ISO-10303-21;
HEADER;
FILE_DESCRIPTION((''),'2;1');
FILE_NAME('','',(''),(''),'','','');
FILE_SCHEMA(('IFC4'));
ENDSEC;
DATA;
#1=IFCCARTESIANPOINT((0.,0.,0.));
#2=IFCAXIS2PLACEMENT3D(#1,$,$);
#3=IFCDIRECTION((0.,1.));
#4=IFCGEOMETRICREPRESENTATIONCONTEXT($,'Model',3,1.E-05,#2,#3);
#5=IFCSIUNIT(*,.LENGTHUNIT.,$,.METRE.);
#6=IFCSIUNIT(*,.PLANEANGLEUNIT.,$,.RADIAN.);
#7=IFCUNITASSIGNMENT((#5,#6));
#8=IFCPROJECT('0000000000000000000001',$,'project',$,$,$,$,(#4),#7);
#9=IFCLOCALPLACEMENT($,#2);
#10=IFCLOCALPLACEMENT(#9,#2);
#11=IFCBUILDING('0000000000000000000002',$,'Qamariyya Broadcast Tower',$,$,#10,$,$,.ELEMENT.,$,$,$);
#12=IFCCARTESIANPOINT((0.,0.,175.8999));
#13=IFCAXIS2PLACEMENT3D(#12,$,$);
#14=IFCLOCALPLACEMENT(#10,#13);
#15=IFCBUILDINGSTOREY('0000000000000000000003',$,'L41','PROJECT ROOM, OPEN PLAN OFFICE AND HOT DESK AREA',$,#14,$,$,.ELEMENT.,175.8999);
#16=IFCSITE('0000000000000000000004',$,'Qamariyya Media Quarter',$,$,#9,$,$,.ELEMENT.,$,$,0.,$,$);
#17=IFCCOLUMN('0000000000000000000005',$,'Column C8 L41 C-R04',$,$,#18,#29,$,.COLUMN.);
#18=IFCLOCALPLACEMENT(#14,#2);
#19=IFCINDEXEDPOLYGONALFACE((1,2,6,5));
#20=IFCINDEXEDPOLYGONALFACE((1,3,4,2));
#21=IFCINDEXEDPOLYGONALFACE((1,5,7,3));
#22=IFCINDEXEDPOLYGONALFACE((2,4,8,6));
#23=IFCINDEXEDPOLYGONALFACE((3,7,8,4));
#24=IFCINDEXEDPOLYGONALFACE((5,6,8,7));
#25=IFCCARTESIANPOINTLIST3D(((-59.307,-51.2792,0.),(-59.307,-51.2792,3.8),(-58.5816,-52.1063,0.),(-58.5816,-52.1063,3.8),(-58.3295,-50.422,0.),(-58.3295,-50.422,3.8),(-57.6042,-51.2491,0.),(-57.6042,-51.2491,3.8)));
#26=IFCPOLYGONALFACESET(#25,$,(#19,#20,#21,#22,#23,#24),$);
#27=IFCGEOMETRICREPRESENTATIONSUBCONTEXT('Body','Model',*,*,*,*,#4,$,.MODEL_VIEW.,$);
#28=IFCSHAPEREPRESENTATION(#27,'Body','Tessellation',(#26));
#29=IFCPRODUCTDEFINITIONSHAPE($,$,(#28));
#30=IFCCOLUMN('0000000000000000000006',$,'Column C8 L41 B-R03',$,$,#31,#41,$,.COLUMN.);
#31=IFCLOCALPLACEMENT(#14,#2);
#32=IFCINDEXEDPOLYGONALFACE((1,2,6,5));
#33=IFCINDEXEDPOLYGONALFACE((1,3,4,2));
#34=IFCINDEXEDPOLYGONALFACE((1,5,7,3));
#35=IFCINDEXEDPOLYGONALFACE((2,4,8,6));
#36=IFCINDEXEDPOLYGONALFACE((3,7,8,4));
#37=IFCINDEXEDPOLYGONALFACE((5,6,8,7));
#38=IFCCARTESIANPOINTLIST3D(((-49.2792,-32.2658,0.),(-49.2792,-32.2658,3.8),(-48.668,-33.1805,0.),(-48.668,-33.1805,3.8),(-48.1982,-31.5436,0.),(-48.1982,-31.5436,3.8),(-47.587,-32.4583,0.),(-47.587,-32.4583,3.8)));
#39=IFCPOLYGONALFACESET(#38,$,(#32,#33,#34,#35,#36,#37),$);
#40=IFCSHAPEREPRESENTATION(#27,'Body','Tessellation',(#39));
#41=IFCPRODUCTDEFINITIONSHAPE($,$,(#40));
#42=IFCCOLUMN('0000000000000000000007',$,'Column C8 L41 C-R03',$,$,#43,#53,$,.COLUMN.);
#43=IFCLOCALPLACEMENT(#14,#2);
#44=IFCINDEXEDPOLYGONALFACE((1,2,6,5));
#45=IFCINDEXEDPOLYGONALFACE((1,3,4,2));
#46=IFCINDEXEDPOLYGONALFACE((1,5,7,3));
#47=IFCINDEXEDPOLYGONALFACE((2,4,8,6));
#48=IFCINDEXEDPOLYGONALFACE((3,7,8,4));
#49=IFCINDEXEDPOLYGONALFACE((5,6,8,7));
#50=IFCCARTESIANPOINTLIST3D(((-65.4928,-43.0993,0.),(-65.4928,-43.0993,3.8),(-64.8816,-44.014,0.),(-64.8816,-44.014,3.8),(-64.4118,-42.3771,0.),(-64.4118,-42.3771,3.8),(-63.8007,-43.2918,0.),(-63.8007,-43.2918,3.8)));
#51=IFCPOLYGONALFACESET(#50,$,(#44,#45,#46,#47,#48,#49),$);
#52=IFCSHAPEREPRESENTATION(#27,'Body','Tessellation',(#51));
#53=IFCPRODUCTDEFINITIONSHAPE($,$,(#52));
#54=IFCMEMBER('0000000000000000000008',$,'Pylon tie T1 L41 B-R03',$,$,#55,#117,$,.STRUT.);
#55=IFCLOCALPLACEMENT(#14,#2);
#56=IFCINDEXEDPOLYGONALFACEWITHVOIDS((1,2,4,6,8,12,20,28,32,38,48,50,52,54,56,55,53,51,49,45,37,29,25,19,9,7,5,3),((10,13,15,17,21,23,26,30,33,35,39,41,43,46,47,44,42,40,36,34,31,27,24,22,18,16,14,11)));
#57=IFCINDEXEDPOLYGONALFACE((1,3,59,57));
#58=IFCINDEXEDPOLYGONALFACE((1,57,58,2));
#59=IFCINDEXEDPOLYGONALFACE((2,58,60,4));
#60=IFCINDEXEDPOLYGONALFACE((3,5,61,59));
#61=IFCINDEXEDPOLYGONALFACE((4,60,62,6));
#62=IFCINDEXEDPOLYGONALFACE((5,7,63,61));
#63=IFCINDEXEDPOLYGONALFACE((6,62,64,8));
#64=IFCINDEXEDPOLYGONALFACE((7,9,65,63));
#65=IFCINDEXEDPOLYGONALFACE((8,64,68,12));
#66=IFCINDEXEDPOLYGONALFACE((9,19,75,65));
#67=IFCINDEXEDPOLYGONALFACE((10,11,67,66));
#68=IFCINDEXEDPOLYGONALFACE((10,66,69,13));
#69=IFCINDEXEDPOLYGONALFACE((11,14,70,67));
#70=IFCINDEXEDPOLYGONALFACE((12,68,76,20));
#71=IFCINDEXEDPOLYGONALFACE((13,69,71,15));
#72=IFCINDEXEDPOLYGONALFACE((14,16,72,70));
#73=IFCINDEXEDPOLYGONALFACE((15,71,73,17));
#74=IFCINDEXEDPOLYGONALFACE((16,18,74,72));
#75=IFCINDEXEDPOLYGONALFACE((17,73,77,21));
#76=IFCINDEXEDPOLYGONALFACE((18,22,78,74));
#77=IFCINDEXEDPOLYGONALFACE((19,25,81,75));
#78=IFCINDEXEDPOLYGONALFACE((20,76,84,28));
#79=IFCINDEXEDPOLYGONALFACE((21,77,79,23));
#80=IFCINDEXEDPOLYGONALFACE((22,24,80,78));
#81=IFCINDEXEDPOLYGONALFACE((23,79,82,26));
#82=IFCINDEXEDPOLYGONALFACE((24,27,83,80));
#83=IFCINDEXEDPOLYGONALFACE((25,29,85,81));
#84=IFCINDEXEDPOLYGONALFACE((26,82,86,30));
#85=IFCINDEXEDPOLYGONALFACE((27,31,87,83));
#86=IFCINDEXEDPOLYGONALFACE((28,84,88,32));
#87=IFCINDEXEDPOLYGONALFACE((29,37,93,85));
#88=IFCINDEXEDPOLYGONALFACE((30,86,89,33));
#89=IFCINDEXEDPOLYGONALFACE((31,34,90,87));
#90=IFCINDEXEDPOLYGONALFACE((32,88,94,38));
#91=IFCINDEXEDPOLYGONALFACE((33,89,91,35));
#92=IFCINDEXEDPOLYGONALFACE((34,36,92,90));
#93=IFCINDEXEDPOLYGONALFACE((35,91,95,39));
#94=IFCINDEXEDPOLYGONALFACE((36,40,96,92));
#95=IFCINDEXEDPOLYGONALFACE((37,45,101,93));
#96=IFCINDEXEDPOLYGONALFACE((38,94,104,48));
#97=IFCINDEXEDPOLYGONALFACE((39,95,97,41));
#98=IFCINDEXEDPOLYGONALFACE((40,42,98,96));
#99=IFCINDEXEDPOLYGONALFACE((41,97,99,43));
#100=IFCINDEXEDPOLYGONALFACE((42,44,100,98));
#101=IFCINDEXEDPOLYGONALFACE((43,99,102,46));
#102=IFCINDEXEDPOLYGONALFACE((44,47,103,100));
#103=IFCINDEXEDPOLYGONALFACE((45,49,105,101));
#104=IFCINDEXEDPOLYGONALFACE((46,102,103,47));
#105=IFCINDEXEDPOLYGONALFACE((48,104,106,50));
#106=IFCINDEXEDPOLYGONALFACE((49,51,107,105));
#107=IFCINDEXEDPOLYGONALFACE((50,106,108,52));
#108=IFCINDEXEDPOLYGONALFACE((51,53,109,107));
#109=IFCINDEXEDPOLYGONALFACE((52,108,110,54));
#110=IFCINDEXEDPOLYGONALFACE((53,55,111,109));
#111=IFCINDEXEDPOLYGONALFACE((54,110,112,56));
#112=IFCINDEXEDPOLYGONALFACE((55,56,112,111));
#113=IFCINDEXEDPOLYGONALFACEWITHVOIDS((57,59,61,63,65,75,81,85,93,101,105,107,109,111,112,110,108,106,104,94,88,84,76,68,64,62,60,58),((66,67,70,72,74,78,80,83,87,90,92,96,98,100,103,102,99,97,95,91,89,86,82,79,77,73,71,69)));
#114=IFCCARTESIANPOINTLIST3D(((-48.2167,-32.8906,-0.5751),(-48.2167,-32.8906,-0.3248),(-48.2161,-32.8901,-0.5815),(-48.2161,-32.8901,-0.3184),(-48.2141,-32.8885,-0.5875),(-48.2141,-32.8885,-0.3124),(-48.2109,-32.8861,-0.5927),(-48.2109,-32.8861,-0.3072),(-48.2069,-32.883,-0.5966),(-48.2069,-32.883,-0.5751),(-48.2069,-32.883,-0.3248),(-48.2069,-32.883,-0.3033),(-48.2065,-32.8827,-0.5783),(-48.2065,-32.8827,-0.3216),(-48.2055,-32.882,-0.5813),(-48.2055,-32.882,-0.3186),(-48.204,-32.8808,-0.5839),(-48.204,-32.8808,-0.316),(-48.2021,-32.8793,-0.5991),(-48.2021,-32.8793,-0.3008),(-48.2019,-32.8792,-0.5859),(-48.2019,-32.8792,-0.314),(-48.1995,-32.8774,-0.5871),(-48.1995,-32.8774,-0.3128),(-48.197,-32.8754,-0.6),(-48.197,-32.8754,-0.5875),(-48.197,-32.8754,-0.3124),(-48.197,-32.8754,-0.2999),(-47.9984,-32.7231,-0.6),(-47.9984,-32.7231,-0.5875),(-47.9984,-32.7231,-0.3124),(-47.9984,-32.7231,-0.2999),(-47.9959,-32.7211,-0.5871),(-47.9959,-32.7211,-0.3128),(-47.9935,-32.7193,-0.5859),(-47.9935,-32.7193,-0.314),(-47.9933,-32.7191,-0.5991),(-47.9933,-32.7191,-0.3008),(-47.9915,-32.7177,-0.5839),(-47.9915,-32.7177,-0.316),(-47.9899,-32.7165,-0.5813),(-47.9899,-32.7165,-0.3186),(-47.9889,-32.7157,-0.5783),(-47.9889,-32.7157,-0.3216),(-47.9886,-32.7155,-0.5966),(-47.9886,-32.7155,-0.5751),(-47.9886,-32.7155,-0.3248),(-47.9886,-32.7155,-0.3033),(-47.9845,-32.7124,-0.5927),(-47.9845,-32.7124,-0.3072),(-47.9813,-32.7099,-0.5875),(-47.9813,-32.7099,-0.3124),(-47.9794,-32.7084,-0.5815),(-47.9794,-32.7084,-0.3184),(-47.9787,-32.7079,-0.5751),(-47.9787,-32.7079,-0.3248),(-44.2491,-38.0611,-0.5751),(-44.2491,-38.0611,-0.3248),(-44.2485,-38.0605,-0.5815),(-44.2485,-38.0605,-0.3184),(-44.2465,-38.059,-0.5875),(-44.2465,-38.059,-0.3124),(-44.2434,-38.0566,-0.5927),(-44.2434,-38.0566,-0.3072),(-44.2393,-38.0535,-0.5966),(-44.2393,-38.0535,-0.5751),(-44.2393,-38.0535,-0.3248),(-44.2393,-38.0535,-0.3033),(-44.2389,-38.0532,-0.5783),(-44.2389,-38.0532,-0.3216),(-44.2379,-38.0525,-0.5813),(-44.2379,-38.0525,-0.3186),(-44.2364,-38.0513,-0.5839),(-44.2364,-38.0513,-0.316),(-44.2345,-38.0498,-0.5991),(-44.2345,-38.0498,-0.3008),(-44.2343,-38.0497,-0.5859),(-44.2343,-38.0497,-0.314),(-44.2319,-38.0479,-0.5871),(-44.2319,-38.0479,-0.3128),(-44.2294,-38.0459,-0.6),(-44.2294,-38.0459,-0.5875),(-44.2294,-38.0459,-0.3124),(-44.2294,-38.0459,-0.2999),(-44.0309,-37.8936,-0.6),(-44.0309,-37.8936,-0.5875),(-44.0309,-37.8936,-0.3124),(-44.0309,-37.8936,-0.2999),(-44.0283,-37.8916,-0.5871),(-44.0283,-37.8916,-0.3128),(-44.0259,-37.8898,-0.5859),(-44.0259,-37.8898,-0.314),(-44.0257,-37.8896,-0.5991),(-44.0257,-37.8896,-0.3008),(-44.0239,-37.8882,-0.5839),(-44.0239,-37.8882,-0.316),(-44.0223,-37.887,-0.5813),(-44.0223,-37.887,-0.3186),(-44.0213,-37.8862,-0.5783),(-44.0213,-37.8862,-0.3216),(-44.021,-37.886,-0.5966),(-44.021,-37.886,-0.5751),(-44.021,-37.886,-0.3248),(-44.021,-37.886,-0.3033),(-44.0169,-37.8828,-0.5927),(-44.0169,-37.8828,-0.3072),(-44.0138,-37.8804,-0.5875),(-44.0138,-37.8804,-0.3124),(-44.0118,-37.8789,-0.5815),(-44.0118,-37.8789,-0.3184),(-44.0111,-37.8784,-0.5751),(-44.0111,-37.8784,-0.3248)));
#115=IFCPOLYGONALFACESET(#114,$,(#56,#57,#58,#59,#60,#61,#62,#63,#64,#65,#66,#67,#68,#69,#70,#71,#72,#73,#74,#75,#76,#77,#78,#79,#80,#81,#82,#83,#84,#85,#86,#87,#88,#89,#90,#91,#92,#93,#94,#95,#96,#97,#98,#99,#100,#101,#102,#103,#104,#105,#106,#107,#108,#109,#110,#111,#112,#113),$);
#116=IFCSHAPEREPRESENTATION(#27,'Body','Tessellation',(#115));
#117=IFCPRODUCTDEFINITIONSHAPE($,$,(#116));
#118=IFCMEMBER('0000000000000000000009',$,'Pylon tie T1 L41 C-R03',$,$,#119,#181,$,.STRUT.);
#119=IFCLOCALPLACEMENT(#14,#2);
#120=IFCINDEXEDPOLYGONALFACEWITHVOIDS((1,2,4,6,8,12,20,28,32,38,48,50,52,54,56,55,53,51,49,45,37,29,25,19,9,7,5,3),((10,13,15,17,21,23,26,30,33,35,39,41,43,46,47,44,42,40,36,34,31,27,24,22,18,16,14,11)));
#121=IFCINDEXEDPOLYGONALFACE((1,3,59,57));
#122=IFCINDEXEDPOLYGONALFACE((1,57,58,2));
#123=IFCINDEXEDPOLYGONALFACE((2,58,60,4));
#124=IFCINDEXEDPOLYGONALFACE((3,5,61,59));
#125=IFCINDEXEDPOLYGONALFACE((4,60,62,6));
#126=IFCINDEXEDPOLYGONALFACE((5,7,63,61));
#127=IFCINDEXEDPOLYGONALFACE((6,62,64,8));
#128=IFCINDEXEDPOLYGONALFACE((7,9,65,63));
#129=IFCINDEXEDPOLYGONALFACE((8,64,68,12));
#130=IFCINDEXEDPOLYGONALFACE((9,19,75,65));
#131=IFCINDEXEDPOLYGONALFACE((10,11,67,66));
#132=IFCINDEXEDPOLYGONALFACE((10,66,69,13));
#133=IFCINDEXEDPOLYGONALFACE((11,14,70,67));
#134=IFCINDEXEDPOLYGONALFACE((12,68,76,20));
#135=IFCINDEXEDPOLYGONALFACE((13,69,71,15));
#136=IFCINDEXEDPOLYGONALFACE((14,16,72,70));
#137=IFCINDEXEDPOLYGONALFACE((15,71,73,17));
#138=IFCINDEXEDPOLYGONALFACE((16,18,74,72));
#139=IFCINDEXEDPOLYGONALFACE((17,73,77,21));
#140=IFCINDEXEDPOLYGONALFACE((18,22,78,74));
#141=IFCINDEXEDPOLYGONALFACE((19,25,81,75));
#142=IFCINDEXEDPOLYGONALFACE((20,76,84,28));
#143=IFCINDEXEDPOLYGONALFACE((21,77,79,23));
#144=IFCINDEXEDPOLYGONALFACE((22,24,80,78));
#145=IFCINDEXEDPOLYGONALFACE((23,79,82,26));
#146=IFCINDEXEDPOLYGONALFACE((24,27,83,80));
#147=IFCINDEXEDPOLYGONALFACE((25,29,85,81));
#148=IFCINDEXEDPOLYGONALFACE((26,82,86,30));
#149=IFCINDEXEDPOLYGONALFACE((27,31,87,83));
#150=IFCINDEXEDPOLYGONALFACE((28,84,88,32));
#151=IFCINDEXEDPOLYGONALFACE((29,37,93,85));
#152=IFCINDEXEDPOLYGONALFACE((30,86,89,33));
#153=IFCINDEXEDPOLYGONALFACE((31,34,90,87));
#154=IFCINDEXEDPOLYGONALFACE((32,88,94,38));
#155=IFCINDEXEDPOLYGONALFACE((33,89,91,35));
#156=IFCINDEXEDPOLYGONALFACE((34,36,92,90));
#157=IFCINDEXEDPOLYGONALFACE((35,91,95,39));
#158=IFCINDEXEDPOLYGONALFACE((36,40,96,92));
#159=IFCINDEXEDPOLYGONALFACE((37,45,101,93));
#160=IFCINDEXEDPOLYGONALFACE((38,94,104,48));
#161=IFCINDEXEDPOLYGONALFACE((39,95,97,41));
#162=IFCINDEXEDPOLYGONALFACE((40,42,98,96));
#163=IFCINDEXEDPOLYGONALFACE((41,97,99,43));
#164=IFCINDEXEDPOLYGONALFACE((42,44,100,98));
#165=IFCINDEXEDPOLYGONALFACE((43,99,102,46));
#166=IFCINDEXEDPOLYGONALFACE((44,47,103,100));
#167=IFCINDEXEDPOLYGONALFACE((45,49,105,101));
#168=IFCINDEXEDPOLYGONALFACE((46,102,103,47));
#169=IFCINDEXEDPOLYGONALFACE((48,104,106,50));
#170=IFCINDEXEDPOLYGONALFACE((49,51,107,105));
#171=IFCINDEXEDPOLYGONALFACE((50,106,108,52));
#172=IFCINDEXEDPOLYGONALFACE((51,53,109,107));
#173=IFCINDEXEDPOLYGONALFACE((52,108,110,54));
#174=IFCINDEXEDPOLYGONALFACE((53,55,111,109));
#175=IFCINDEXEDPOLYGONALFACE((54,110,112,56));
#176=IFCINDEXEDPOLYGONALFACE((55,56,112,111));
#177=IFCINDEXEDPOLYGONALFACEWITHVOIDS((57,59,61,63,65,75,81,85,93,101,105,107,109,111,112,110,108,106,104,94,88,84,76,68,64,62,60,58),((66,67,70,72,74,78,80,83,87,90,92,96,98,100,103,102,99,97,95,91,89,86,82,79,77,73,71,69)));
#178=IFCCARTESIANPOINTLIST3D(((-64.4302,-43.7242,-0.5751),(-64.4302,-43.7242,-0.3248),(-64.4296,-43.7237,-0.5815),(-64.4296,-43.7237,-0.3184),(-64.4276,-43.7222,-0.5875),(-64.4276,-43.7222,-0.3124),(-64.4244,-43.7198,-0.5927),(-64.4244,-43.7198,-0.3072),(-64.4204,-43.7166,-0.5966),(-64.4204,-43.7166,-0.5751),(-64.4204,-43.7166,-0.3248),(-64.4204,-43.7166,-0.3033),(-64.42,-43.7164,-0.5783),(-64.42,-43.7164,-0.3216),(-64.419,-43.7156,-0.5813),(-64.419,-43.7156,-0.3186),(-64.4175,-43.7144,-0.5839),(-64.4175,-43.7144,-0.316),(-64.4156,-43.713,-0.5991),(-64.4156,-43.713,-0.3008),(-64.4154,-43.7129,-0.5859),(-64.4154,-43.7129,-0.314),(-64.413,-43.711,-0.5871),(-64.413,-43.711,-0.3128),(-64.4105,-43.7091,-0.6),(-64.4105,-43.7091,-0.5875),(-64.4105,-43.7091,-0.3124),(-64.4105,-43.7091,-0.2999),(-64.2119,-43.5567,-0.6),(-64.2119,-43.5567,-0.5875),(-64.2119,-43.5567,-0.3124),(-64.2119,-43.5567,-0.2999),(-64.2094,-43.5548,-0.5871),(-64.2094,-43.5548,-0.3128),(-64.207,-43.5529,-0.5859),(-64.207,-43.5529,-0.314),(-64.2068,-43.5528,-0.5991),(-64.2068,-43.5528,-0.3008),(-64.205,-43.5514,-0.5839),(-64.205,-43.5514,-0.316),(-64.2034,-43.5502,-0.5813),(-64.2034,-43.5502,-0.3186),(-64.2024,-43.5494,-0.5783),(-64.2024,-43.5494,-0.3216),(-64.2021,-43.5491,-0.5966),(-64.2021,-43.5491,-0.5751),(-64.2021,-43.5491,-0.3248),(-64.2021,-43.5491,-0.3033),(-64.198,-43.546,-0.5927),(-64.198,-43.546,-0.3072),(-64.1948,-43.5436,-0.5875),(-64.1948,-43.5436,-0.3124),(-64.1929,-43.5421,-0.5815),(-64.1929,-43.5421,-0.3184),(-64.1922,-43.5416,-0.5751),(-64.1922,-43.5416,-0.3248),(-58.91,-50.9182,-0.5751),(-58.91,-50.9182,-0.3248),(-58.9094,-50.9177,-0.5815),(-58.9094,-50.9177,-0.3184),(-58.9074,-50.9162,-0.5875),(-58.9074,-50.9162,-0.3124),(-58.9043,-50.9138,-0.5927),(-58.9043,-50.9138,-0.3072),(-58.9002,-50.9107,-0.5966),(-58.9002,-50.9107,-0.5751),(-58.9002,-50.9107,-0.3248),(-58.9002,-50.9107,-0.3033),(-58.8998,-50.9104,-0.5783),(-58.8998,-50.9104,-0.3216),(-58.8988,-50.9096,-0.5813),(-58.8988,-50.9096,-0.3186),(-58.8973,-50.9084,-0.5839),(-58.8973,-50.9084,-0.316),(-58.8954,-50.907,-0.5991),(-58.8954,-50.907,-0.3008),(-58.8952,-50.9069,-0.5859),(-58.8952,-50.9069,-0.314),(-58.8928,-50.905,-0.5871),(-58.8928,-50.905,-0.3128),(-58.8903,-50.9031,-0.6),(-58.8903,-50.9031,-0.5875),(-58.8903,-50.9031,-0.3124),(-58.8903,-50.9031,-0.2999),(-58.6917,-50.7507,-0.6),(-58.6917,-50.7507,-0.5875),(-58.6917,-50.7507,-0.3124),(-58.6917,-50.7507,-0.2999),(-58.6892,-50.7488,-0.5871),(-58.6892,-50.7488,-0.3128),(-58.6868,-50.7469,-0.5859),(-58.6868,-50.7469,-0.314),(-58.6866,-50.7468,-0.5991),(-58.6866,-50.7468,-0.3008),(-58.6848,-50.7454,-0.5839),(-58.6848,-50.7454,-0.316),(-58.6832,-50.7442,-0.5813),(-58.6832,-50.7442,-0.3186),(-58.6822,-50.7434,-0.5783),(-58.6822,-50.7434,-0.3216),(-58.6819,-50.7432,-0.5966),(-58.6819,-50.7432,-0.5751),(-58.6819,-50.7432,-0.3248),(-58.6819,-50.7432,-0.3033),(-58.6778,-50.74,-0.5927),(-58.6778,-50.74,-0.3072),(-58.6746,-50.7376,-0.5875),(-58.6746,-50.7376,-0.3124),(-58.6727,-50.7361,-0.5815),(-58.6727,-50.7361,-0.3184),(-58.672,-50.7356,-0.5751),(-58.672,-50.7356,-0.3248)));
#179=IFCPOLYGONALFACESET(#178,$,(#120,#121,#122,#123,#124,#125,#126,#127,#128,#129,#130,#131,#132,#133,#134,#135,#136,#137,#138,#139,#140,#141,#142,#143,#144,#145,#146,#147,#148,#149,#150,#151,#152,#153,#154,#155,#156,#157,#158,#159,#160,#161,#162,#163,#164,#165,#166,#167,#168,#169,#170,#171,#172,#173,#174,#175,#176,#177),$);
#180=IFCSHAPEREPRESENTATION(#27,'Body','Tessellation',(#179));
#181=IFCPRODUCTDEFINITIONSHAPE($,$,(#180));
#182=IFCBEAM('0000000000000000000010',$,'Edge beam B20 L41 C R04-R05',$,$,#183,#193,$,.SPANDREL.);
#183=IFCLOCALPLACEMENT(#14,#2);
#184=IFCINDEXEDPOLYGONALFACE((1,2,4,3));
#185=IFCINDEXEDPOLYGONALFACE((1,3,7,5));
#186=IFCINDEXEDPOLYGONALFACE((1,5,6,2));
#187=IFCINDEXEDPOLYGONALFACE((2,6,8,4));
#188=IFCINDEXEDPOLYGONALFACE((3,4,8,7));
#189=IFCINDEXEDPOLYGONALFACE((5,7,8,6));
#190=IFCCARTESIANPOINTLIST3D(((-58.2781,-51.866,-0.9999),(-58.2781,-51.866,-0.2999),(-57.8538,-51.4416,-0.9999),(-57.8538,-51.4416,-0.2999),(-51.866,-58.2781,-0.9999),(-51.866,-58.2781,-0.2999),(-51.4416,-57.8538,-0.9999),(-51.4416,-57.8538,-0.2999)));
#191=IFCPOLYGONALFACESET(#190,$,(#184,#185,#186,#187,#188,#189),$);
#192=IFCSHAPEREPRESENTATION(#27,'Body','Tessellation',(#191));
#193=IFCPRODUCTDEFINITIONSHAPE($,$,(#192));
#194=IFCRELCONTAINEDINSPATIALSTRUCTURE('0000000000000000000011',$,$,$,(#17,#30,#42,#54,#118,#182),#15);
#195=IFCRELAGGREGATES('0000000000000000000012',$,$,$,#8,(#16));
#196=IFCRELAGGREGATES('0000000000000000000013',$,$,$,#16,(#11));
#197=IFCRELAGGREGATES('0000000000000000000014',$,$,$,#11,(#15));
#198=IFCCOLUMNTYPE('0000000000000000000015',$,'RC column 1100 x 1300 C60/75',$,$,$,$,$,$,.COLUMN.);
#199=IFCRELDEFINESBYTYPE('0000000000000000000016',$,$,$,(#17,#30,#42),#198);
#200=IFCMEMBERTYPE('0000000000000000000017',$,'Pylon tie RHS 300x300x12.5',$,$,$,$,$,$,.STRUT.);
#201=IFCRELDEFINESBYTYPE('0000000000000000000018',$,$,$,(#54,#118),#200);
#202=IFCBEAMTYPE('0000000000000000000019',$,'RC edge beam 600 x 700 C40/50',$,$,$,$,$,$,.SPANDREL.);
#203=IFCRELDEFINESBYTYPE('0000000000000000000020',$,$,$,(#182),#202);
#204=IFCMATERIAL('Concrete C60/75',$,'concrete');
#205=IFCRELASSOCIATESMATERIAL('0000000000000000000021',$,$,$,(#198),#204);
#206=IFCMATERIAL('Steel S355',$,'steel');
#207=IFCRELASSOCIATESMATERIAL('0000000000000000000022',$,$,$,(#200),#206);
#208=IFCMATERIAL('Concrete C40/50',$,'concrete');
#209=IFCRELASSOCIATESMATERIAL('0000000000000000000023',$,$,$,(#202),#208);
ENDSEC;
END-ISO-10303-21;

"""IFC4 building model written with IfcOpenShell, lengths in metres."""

from ifc_helpers import new_model, si_unit, direction, frame, origin, origin_2d, place, context, subcontext, project, spatial, rectangle, hollow_rectangle, extrude, material, material_profile, profile_set, type_object, element, save


model = new_model("IFC4")

# Units and contexts
model_context = context("Model", 3, precision=1e-05, world=origin(), true_north=direction((0.0, 1.0)))
body_context = subcontext(model_context, "Body", "Model", "MODEL_VIEW")
ifc_project = project(units=[si_unit("LENGTHUNIT", "METRE"), si_unit("PLANEANGLEUNIT", "RADIAN")], contexts=[model_context])

# Site, building, storey
site_placement = place(None, origin())
site = spatial("IfcSite", under=ifc_project, at=site_placement, Name="Qamariyya Media Quarter", CompositionType="ELEMENT", RefElevation=0.0)
building_placement = place(site_placement, origin())
building = spatial("IfcBuilding", under=site, at=building_placement, Name="Qamariyya Broadcast Tower", CompositionType="ELEMENT")
storey_placement = place(building_placement, frame((0.0, 0.0, 175.8999)))
storey = spatial("IfcBuildingStorey", under=building, at=storey_placement, Name="L41", Description="PROJECT ROOM, OPEN PLAN OFFICE AND HOT DESK AREA", CompositionType="ELEMENT", Elevation=175.8999)

# Columns
ifc_material_1 = material(Name="Concrete C60/75", Category="concrete")
ifc_material_profile_1 = material_profile(ifc_material_1, rectangle(XDim=1.1001, YDim=1.3, at=origin_2d()))
ifc_profile_set_1 = profile_set([ifc_material_profile_1], Name="Concrete C60/75")
column_type = type_object("IfcColumnType", Name="RC column 1100 x 1300 C60/75", PredefinedType="COLUMN", material=ifc_profile_set_1)
for number, where, z_axis, x_axis, name in (
    (1, (-58.4556, -51.2642, 0.0), (0.0, 0.0, 1.0), (0.659346, -0.75184, 0.0), "Column C8 L41 C-R04"),
    (2, (-48.4331, -32.3621, 0.0), (0.0, 0.0, 1.0), (0.55557, -0.83147, 0.0), "Column C8 L41 B-R03"),
    (3, (-64.6467, -43.1956, 0.0), (0.0, 0.0, 1.0), (0.55557, -0.83147, 0.0), "Column C8 L41 C-R03"),
):
    element("IfcColumn", number, at=place(storey_placement, frame(where, z_axis=z_axis, x_axis=x_axis)), inside=storey, type_object=column_type, Name=name, PredefinedType="COLUMN", context=body_context, shape_type="SweptSolid", body=[
        extrude(rectangle(XDim=1.1001, YDim=1.3, at=origin_2d()), origin(), (0.0, 0.0, 1.0), 3.8),
    ])

# Members
ifc_material_2 = material(Name="Steel S355", Category="steel")
ifc_material_profile_2 = material_profile(ifc_material_2, hollow_rectangle(XDim=0.3, YDim=0.3, WallThickness=0.0125, InnerFilletRadius=0.0125, OuterFilletRadius=0.0249, at=origin_2d()))
ifc_profile_set_2 = profile_set([ifc_material_profile_2], Name="Steel S355")
member_type = type_object("IfcMemberType", Name="Pylon tie RHS 300x300x12.5", PredefinedType="STRUT", material=ifc_profile_set_2)
member_1_placement = place(storey_placement, frame((-44.1301, -37.9697, -0.45), z_axis=(-0.608774, 0.793343, 0.0), x_axis=(-0.793343, -0.608774, 0.0)))
element("IfcMember", 4, at=member_1_placement, inside=storey, type_object=member_type, Name="Pylon tie T1 L41 B-R03", PredefinedType="STRUT", context=body_context, shape_type="SweptSolid", body=[
    extrude(hollow_rectangle(XDim=0.3, YDim=0.3, WallThickness=0.0125, InnerFilletRadius=0.0125, OuterFilletRadius=0.0249, at=origin_2d()), origin(), (0.0, 0.0, 1.0), 6.5173),
])
member_2_placement = place(storey_placement, frame((-58.791, -50.8269, -0.45), z_axis=(-0.608764, 0.793351, 0.0), x_axis=(-0.793351, -0.608764, 0.0)))
element("IfcMember", 5, at=member_2_placement, inside=storey, type_object=member_type, Name="Pylon tie T1 L41 C-R03", PredefinedType="STRUT", context=body_context, shape_type="SweptSolid", body=[
    extrude(hollow_rectangle(XDim=0.3, YDim=0.3, WallThickness=0.0125, InnerFilletRadius=0.0125, OuterFilletRadius=0.0249, at=origin_2d()), origin(), (0.0, 0.0, 1.0), 9.0679),
])

# Beam
ifc_material_3 = material(Name="Concrete C40/50", Category="concrete")
ifc_material_profile_3 = material_profile(ifc_material_3, rectangle(XDim=0.6001, YDim=0.7, at=origin_2d()))
ifc_profile_set_3 = profile_set([ifc_material_profile_3], Name="Concrete C40/50")
beam_type_1 = type_object("IfcBeamType", Name="RC edge beam 600 x 700 C40/50", PredefinedType="SPANDREL", material=ifc_profile_set_3)
beam_1_placement = place(storey_placement, frame((-58.0659, -51.6538, -0.6499), z_axis=(0.707107, -0.707107, 0.0), x_axis=(0.707107, 0.707107, 0.0)))
element("IfcBeam", 6, at=beam_1_placement, inside=storey, type_object=beam_type_1, Name="Edge beam B20 L41 C R04-R05", PredefinedType="SPANDREL", context=body_context, shape_type="SweptSolid", body=[
    extrude(rectangle(XDim=0.6001, YDim=0.7, at=origin_2d()), origin(), (0.0, 0.0, 1.0), 9.0681),
])

save(model, "model.ifc")
